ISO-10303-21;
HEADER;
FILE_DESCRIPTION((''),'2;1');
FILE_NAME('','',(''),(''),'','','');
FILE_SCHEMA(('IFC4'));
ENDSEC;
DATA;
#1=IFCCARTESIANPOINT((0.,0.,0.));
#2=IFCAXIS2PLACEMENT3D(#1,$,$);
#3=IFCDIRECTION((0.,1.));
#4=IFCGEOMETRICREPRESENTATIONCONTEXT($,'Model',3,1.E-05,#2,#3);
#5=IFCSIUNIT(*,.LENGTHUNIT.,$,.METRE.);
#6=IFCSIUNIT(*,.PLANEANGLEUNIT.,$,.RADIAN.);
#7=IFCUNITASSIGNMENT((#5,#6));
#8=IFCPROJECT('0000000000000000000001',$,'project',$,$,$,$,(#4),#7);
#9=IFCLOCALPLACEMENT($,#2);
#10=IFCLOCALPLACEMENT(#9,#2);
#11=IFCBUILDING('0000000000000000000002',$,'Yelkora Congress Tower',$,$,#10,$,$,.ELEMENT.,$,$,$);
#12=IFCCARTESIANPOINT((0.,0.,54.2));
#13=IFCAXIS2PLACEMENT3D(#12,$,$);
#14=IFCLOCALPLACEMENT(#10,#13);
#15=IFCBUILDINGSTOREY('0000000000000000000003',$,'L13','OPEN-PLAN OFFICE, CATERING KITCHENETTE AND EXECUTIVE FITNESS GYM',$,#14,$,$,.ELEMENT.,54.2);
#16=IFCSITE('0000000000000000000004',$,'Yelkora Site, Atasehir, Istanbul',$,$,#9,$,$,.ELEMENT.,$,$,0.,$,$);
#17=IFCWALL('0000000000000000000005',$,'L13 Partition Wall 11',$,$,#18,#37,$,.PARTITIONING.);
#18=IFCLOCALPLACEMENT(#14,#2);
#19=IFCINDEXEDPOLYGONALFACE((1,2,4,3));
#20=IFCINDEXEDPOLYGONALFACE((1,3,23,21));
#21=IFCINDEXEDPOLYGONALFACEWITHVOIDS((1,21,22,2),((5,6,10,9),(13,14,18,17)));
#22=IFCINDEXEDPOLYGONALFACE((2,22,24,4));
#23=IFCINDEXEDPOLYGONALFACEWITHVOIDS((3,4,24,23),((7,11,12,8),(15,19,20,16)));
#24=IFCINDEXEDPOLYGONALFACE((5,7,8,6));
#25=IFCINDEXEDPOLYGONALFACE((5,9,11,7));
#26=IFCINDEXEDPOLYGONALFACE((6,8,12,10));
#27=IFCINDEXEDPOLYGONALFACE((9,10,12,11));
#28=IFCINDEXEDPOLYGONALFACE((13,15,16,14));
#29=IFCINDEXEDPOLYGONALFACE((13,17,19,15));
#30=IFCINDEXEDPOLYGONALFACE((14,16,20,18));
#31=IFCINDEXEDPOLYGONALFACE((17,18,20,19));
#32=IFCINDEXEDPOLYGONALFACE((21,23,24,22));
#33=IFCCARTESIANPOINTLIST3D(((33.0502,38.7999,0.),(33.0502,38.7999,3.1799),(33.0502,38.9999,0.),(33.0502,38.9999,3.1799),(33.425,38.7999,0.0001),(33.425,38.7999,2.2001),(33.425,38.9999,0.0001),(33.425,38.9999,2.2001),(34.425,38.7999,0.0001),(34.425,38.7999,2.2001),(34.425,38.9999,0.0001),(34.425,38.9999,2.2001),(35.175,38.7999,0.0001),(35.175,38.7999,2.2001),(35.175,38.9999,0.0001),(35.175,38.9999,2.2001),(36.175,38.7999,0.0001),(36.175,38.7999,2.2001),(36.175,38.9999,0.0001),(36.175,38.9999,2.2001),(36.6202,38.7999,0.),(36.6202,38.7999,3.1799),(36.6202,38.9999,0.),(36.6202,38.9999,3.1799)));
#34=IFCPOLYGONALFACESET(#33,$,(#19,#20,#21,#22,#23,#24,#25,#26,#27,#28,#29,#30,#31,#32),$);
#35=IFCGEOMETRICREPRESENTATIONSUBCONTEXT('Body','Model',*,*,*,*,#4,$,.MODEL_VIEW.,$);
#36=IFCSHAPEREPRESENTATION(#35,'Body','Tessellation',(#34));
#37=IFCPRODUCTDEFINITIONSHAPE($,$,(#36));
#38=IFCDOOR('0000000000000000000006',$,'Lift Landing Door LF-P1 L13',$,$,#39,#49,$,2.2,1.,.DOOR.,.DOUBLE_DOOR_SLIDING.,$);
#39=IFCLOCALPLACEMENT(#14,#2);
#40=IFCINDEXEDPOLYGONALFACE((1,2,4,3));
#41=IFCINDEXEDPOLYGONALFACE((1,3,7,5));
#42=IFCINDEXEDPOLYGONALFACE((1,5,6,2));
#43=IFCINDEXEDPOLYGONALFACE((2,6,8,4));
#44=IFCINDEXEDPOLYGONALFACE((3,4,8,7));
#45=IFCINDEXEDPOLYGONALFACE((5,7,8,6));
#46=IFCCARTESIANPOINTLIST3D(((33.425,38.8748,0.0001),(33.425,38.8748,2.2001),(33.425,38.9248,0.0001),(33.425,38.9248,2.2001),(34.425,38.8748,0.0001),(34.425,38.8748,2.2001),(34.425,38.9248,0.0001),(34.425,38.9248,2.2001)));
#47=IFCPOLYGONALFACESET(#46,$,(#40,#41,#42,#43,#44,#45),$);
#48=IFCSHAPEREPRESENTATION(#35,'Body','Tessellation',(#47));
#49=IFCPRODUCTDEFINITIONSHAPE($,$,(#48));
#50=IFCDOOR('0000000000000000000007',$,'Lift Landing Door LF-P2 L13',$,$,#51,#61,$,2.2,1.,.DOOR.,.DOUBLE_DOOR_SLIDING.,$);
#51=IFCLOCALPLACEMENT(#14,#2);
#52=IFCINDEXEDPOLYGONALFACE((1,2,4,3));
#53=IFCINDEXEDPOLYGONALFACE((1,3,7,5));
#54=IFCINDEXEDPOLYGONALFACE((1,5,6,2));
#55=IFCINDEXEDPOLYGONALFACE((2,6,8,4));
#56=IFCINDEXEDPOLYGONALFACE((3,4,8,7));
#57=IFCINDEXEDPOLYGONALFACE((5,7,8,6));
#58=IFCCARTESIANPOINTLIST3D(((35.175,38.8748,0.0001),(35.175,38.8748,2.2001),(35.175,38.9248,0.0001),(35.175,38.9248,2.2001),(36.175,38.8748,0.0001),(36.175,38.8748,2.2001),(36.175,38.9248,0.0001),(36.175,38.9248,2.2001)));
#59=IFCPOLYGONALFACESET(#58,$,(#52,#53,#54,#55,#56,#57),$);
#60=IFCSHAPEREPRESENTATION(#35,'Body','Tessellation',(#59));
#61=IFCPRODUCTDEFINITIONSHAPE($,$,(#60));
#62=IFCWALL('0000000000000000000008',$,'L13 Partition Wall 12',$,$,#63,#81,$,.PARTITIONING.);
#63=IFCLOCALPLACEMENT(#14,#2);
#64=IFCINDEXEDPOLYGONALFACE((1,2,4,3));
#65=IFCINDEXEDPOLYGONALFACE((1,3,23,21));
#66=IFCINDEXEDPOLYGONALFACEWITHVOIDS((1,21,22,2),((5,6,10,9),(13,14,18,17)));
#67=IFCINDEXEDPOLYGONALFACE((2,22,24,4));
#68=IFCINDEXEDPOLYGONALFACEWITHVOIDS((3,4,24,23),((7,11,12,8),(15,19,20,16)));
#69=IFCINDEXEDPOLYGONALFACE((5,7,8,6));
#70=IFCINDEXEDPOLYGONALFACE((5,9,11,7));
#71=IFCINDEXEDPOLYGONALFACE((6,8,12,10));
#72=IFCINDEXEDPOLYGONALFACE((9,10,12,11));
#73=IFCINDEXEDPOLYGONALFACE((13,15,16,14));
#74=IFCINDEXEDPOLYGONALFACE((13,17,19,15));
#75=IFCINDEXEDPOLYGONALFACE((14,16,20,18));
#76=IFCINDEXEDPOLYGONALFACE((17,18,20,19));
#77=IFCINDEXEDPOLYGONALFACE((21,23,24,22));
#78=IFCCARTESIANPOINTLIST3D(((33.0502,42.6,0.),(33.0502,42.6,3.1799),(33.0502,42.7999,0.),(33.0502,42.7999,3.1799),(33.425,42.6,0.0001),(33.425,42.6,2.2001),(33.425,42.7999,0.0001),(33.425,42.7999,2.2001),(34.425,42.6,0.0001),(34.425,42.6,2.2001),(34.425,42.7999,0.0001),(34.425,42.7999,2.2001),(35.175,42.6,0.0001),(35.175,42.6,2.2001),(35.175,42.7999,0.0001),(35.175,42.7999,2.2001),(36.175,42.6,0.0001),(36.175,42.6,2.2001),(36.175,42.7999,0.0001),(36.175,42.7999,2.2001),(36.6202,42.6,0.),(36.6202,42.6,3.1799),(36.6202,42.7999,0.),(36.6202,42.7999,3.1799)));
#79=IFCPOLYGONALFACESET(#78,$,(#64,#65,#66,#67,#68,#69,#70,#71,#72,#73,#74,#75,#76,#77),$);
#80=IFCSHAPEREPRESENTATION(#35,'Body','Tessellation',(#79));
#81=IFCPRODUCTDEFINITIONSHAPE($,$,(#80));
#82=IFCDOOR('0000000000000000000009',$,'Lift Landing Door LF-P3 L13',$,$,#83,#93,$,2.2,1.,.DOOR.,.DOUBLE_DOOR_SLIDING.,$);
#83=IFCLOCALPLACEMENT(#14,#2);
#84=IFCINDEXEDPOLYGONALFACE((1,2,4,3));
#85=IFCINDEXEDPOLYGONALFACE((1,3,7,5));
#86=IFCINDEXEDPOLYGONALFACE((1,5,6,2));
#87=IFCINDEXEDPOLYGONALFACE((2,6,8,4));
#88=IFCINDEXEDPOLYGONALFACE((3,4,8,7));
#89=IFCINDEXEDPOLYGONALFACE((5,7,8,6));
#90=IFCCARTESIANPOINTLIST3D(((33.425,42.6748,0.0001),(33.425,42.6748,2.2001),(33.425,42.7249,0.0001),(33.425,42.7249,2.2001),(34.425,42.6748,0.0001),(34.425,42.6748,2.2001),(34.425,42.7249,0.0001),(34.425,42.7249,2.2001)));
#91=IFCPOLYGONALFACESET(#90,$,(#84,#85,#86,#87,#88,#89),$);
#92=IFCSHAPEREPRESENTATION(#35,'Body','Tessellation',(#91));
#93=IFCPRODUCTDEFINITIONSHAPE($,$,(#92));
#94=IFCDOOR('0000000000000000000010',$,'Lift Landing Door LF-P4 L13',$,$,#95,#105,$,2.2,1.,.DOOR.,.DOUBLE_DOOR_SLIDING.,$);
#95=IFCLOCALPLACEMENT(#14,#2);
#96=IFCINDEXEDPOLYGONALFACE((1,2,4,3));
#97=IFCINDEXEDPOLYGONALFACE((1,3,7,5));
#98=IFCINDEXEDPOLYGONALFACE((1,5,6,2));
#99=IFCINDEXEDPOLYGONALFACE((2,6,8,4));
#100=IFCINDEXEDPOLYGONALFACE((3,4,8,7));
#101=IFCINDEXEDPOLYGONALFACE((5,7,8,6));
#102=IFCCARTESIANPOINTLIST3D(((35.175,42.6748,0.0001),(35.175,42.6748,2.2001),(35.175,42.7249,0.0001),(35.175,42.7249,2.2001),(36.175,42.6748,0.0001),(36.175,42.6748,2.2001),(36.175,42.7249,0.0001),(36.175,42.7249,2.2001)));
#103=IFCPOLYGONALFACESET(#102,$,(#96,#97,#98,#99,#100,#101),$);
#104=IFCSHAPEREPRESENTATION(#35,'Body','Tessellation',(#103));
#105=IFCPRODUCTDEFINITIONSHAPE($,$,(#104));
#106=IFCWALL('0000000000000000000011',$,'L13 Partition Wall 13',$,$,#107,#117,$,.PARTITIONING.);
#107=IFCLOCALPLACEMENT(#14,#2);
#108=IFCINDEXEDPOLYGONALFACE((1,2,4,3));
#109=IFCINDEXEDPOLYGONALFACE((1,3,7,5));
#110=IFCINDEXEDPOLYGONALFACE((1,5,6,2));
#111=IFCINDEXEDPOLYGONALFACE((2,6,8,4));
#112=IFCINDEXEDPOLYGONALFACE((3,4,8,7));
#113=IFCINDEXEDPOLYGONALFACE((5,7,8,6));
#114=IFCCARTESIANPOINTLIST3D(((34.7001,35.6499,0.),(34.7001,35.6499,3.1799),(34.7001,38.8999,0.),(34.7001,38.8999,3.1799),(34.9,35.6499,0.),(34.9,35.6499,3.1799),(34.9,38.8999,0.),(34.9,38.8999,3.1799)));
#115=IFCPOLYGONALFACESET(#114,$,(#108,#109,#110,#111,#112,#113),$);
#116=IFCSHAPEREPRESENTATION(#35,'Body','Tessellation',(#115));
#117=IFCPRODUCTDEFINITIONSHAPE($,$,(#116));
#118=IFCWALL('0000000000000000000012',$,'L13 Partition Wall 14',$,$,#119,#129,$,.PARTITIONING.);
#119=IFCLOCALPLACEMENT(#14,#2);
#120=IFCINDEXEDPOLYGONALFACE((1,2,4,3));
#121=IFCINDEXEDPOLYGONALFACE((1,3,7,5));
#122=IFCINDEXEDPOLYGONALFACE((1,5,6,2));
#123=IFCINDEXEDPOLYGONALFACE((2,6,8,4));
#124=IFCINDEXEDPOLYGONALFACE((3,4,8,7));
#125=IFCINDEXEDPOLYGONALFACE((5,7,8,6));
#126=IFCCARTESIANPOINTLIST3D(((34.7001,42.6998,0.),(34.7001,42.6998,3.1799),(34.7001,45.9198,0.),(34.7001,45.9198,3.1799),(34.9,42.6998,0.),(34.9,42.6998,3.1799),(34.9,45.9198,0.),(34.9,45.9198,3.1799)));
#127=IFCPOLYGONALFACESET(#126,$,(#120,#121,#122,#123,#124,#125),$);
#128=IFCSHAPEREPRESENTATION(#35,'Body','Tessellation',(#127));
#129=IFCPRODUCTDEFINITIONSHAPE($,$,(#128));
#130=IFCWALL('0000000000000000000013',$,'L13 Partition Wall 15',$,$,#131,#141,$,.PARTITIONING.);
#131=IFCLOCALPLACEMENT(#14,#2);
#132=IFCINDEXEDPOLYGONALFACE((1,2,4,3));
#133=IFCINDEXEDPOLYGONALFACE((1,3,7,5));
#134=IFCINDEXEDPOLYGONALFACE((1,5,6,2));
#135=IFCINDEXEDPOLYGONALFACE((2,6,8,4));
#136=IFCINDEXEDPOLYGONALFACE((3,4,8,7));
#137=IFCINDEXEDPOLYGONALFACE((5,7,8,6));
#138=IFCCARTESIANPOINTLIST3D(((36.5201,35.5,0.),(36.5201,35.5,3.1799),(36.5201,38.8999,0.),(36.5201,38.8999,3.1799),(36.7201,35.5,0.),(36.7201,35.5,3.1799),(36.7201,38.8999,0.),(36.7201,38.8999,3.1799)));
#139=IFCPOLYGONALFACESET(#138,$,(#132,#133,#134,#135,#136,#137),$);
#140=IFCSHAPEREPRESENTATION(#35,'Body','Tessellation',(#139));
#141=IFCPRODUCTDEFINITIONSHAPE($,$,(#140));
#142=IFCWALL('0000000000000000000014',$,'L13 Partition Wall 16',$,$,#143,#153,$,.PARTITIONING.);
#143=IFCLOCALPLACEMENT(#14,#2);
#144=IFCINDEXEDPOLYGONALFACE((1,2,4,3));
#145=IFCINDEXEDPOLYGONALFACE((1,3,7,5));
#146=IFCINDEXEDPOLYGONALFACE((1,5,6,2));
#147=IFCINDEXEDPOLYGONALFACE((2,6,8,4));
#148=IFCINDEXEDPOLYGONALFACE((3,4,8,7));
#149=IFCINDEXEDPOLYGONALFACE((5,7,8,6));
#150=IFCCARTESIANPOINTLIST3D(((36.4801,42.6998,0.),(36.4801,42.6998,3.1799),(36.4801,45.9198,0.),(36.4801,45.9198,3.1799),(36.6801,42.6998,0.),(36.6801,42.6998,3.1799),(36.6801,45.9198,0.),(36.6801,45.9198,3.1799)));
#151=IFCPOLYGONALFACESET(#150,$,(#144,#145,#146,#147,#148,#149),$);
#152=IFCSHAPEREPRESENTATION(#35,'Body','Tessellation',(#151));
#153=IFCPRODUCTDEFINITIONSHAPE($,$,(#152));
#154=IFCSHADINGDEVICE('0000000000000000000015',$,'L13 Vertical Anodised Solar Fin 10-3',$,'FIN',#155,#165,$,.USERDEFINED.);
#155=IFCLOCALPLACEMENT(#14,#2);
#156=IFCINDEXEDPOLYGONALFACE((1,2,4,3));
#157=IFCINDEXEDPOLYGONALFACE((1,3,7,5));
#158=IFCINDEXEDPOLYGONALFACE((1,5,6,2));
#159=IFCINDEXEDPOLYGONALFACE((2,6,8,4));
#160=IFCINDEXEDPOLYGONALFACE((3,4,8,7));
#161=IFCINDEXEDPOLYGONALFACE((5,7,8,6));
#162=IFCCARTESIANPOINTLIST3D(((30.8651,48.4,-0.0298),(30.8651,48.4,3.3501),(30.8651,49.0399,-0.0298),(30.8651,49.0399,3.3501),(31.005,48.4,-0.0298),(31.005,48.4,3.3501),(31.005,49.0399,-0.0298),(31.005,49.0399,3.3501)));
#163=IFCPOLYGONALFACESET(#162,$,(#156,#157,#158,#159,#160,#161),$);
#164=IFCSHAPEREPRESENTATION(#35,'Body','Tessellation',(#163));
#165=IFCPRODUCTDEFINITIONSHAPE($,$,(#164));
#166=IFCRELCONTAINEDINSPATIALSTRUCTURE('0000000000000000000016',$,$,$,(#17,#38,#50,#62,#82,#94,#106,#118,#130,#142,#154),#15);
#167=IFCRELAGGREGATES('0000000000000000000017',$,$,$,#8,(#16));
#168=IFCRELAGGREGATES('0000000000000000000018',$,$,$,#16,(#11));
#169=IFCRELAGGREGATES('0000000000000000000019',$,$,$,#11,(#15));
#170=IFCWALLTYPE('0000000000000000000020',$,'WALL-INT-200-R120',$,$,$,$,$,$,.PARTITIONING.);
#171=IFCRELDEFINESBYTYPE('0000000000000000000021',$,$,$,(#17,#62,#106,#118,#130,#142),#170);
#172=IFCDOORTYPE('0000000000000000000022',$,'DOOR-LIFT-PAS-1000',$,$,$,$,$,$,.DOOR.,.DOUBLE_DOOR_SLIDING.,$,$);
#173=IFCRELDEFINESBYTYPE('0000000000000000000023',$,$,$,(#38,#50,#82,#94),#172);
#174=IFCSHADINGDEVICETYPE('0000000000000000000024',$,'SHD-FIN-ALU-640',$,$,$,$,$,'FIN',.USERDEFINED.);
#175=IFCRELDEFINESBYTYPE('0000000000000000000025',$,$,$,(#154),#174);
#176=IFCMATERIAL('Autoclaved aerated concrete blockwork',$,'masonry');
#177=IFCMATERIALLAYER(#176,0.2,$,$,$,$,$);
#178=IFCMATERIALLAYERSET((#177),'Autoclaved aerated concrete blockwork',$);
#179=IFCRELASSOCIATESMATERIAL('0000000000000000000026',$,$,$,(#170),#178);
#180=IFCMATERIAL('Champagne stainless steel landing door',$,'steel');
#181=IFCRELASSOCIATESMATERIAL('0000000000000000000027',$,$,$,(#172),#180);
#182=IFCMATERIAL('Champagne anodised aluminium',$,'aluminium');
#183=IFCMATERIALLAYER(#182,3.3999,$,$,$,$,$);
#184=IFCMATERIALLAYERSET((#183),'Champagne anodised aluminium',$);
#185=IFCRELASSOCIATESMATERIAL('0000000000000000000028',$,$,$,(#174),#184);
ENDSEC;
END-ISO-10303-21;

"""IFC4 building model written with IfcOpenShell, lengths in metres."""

from ifc_helpers import new_model, si_unit, direction, frame, frame_2d, origin, origin_2d, place, context, subcontext, project, spatial, rectangle, extrude, material, layer, layer_set, type_object, element, fill, save


model = new_model("IFC4")

# Units and contexts
model_context = context("Model", 3, precision=1e-05, world=origin(), true_north=direction((0.0, 1.0)))
body_context = subcontext(model_context, "Body", "Model", "MODEL_VIEW")
ifc_project = project(units=[si_unit("LENGTHUNIT", "METRE"), si_unit("PLANEANGLEUNIT", "RADIAN")], contexts=[model_context])

# Site, building, storey
site_placement = place(None, origin())
site = spatial("IfcSite", under=ifc_project, at=site_placement, Name="Yelkora Site, Atasehir, Istanbul", CompositionType="ELEMENT", RefElevation=0.0)
building_placement = place(site_placement, origin())
building = spatial("IfcBuilding", under=site, at=building_placement, Name="Yelkora Congress Tower", CompositionType="ELEMENT")
storey_placement = place(building_placement, frame((0.0, 0.0, 54.2)))
storey = spatial("IfcBuildingStorey", under=building, at=storey_placement, Name="L13", Description="OPEN-PLAN OFFICE, CATERING KITCHENETTE AND EXECUTIVE FITNESS GYM", CompositionType="ELEMENT", Elevation=54.2)

# Shared definitions
ifc_material_1 = material(Name="Autoclaved aerated concrete blockwork", Category="masonry")
ifc_layer_1 = layer(ifc_material_1, 0.2)
ifc_layer_set_1 = layer_set([ifc_layer_1], Name="Autoclaved aerated concrete blockwork")
wall_type_1 = type_object("IfcWallType", Name="WALL-INT-200-R120", PredefinedType="PARTITIONING", material=ifc_layer_set_1)

# Walls, openings, doors
wall_1_placement = place(storey_placement, frame((33.05, 38.8999, 0.0), z_axis=(0.0, 0.0, 1.0), x_axis=(1.0, 0.0, 0.0)))
wall_1 = element("IfcWall", 1, at=wall_1_placement, inside=storey, type_object=wall_type_1, Name="L13 Partition Wall 11", PredefinedType="PARTITIONING", context=body_context, shape_type="SweptSolid", body=[
    extrude(rectangle(XDim=3.5701, YDim=0.2, at=frame_2d((1.7852, 0.0))), origin(), (0.0, 0.0, 1.0), 3.1799),
])
opening_1_placement = place(wall_1_placement, frame((0.375, 0.0, 0.0)))
opening_1 = element("IfcOpeningElement", 2, at=opening_1_placement, cuts=wall_1, PredefinedType="OPENING", context=body_context, shape_type="SweptSolid", body=[
    extrude(rectangle(XDim=1.0, YDim=2.2, at=frame_2d((0.5, 1.1001))), frame((0.0, 0.1099, 0.0), z_axis=(0.0, -1.0, 0.0), x_axis=(1.0, 0.0, 0.0)), (0.0, 0.0, 1.0), 0.22),
])
opening_2_placement = place(wall_1_placement, frame((2.125, 0.0, 0.0)))
opening_2 = element("IfcOpeningElement", 3, at=opening_2_placement, cuts=wall_1, PredefinedType="OPENING", context=body_context, shape_type="SweptSolid", body=[
    extrude(rectangle(XDim=1.0, YDim=2.2, at=frame_2d((0.5, 1.1001))), frame((0.0, 0.1099, 0.0), z_axis=(0.0, -1.0, 0.0), x_axis=(1.0, 0.0, 0.0)), (0.0, 0.0, 1.0), 0.22),
])
ifc_material_2 = material(Name="Champagne stainless steel landing door", Category="steel")
door_type_1 = type_object("IfcDoorType", Name="DOOR-LIFT-PAS-1000", OperationType="DOUBLE_DOOR_SLIDING", PredefinedType="DOOR", material=ifc_material_2)
door_1_placement = place(opening_1_placement, origin())
door_1 = element("IfcDoor", 4, at=door_1_placement, inside=storey, type_object=door_type_1, Name="Lift Landing Door LF-P1 L13", OperationType="DOUBLE_DOOR_SLIDING", OverallHeight=2.2, OverallWidth=1.0, PredefinedType="DOOR", context=body_context, shape_type="SweptSolid", body=[
    extrude(rectangle(XDim=1.0, YDim=2.2, at=frame_2d((0.5, 1.1001))), frame((0.0, 0.0249, 0.0), z_axis=(0.0, -1.0, 0.0), x_axis=(1.0, 0.0, 0.0)), (0.0, 0.0, 1.0), 0.05),
])
fill(opening_1, door_1)
door_2_placement = place(opening_2_placement, origin())
door_2 = element("IfcDoor", 5, at=door_2_placement, inside=storey, type_object=door_type_1, Name="Lift Landing Door LF-P2 L13", OperationType="DOUBLE_DOOR_SLIDING", OverallHeight=2.2, OverallWidth=1.0, PredefinedType="DOOR", context=body_context, shape_type="SweptSolid", body=[
    extrude(rectangle(XDim=1.0, YDim=2.2, at=frame_2d((0.5, 1.1001))), frame((0.0, 0.0249, 0.0), z_axis=(0.0, -1.0, 0.0), x_axis=(1.0, 0.0, 0.0)), (0.0, 0.0, 1.0), 0.05),
])
fill(opening_2, door_2)
wall_2_placement = place(storey_placement, frame((33.05, 42.7, 0.0), z_axis=(0.0, 0.0, 1.0), x_axis=(1.0, 0.0, 0.0)))
wall_2 = element("IfcWall", 6, at=wall_2_placement, inside=storey, type_object=wall_type_1, Name="L13 Partition Wall 12", PredefinedType="PARTITIONING", context=body_context, shape_type="SweptSolid", body=[
    extrude(rectangle(XDim=3.5701, YDim=0.2, at=frame_2d((1.7852, 0.0))), origin(), (0.0, 0.0, 1.0), 3.1799),
])
opening_3_placement = place(wall_2_placement, frame((0.375, 0.0, 0.0)))
opening_3 = element("IfcOpeningElement", 7, at=opening_3_placement, cuts=wall_2, PredefinedType="OPENING", context=body_context, shape_type="SweptSolid", body=[
    extrude(rectangle(XDim=1.0, YDim=2.2, at=frame_2d((0.5, 1.1001))), frame((0.0, 0.1099, 0.0), z_axis=(0.0, -1.0, 0.0), x_axis=(1.0, 0.0, 0.0)), (0.0, 0.0, 1.0), 0.22),
])
opening_4_placement = place(wall_2_placement, frame((2.125, 0.0, 0.0)))
opening_4 = element("IfcOpeningElement", 8, at=opening_4_placement, cuts=wall_2, PredefinedType="OPENING", context=body_context, shape_type="SweptSolid", body=[
    extrude(rectangle(XDim=1.0, YDim=2.2, at=frame_2d((0.5, 1.1001))), frame((0.0, 0.1099, 0.0), z_axis=(0.0, -1.0, 0.0), x_axis=(1.0, 0.0, 0.0)), (0.0, 0.0, 1.0), 0.22),
])
door_3_placement = place(opening_3_placement, origin())
door_3 = element("IfcDoor", 9, at=door_3_placement, inside=storey, type_object=door_type_1, Name="Lift Landing Door LF-P3 L13", OperationType="DOUBLE_DOOR_SLIDING", OverallHeight=2.2, OverallWidth=1.0, PredefinedType="DOOR", context=body_context, shape_type="SweptSolid", body=[
    extrude(rectangle(XDim=1.0, YDim=2.2, at=frame_2d((0.5, 1.1001))), frame((0.0, 0.0249, 0.0), z_axis=(0.0, -1.0, 0.0), x_axis=(1.0, 0.0, 0.0)), (0.0, 0.0, 1.0), 0.05),
])
fill(opening_3, door_3)
door_4_placement = place(opening_4_placement, origin())
door_4 = element("IfcDoor", 10, at=door_4_placement, inside=storey, type_object=door_type_1, Name="Lift Landing Door LF-P4 L13", OperationType="DOUBLE_DOOR_SLIDING", OverallHeight=2.2, OverallWidth=1.0, PredefinedType="DOOR", context=body_context, shape_type="SweptSolid", body=[
    extrude(rectangle(XDim=1.0, YDim=2.2, at=frame_2d((0.5, 1.1001))), frame((0.0, 0.0249, 0.0), z_axis=(0.0, -1.0, 0.0), x_axis=(1.0, 0.0, 0.0)), (0.0, 0.0, 1.0), 0.05),
])
fill(opening_4, door_4)

# Walls
wall_3_placement = place(storey_placement, frame((34.8, 35.6499, 0.0), z_axis=(0.0, 0.0, 1.0), x_axis=(0.0, 1.0, 0.0)))
element("IfcWall", 11, at=wall_3_placement, inside=storey, type_object=wall_type_1, Name="L13 Partition Wall 13", PredefinedType="PARTITIONING", context=body_context, shape_type="SweptSolid", body=[
    extrude(rectangle(XDim=3.25, YDim=0.2, at=frame_2d((1.625, 0.0))), origin(), (0.0, 0.0, 1.0), 3.1799),
])
wall_4_placement = place(storey_placement, frame((34.8, 42.7, 0.0), z_axis=(0.0, 0.0, 1.0), x_axis=(0.0, 1.0, 0.0)))
element("IfcWall", 12, at=wall_4_placement, inside=storey, type_object=wall_type_1, Name="L13 Partition Wall 14", PredefinedType="PARTITIONING", context=body_context, shape_type="SweptSolid", body=[
    extrude(rectangle(XDim=3.22, YDim=0.2, at=frame_2d((1.6099, 0.0))), origin(), (0.0, 0.0, 1.0), 3.1799),
])
wall_5_placement = place(storey_placement, frame((36.6201, 35.5, 0.0), z_axis=(0.0, 0.0, 1.0), x_axis=(0.0, 1.0, 0.0)))
element("IfcWall", 13, at=wall_5_placement, inside=storey, type_object=wall_type_1, Name="L13 Partition Wall 15", PredefinedType="PARTITIONING", context=body_context, shape_type="SweptSolid", body=[
    extrude(rectangle(XDim=3.3999, YDim=0.2, at=frame_2d((1.7, 0.0))), origin(), (0.0, 0.0, 1.0), 3.1799),
])
wall_6_placement = place(storey_placement, frame((36.5801, 42.7, 0.0), z_axis=(0.0, 0.0, 1.0), x_axis=(0.0, 1.0, 0.0)))
element("IfcWall", 14, at=wall_6_placement, inside=storey, type_object=wall_type_1, Name="L13 Partition Wall 16", PredefinedType="PARTITIONING", context=body_context, shape_type="SweptSolid", body=[
    extrude(rectangle(XDim=3.22, YDim=0.2, at=frame_2d((1.6099, 0.0))), origin(), (0.0, 0.0, 1.0), 3.1799),
])

# Shading device
ifc_material_3 = material(Name="Champagne anodised aluminium", Category="aluminium")
ifc_layer_2 = layer(ifc_material_3, 3.3999)
ifc_layer_set_2 = layer_set([ifc_layer_2], Name="Champagne anodised aluminium")
shading_device_type = type_object("IfcShadingDeviceType", Name="SHD-FIN-ALU-640", ElementType="FIN", PredefinedType="USERDEFINED", material=ifc_layer_set_2)
shading_device_placement = place(storey_placement, frame((30.9351, 48.72, -0.0298), z_axis=(0.0, 0.0, 1.0), x_axis=(1.0, 0.0, 0.0)))
element("IfcShadingDevice", 15, at=shading_device_placement, inside=storey, type_object=shading_device_type, Name="L13 Vertical Anodised Solar Fin 10-3", ObjectType="FIN", PredefinedType="USERDEFINED", context=body_context, shape_type="SweptSolid", body=[
    extrude(rectangle(XDim=0.1399, YDim=0.6399, at=origin_2d()), origin(), (0.0, 0.0, 1.0), 3.3799),
])

save(model, "model.ifc")
